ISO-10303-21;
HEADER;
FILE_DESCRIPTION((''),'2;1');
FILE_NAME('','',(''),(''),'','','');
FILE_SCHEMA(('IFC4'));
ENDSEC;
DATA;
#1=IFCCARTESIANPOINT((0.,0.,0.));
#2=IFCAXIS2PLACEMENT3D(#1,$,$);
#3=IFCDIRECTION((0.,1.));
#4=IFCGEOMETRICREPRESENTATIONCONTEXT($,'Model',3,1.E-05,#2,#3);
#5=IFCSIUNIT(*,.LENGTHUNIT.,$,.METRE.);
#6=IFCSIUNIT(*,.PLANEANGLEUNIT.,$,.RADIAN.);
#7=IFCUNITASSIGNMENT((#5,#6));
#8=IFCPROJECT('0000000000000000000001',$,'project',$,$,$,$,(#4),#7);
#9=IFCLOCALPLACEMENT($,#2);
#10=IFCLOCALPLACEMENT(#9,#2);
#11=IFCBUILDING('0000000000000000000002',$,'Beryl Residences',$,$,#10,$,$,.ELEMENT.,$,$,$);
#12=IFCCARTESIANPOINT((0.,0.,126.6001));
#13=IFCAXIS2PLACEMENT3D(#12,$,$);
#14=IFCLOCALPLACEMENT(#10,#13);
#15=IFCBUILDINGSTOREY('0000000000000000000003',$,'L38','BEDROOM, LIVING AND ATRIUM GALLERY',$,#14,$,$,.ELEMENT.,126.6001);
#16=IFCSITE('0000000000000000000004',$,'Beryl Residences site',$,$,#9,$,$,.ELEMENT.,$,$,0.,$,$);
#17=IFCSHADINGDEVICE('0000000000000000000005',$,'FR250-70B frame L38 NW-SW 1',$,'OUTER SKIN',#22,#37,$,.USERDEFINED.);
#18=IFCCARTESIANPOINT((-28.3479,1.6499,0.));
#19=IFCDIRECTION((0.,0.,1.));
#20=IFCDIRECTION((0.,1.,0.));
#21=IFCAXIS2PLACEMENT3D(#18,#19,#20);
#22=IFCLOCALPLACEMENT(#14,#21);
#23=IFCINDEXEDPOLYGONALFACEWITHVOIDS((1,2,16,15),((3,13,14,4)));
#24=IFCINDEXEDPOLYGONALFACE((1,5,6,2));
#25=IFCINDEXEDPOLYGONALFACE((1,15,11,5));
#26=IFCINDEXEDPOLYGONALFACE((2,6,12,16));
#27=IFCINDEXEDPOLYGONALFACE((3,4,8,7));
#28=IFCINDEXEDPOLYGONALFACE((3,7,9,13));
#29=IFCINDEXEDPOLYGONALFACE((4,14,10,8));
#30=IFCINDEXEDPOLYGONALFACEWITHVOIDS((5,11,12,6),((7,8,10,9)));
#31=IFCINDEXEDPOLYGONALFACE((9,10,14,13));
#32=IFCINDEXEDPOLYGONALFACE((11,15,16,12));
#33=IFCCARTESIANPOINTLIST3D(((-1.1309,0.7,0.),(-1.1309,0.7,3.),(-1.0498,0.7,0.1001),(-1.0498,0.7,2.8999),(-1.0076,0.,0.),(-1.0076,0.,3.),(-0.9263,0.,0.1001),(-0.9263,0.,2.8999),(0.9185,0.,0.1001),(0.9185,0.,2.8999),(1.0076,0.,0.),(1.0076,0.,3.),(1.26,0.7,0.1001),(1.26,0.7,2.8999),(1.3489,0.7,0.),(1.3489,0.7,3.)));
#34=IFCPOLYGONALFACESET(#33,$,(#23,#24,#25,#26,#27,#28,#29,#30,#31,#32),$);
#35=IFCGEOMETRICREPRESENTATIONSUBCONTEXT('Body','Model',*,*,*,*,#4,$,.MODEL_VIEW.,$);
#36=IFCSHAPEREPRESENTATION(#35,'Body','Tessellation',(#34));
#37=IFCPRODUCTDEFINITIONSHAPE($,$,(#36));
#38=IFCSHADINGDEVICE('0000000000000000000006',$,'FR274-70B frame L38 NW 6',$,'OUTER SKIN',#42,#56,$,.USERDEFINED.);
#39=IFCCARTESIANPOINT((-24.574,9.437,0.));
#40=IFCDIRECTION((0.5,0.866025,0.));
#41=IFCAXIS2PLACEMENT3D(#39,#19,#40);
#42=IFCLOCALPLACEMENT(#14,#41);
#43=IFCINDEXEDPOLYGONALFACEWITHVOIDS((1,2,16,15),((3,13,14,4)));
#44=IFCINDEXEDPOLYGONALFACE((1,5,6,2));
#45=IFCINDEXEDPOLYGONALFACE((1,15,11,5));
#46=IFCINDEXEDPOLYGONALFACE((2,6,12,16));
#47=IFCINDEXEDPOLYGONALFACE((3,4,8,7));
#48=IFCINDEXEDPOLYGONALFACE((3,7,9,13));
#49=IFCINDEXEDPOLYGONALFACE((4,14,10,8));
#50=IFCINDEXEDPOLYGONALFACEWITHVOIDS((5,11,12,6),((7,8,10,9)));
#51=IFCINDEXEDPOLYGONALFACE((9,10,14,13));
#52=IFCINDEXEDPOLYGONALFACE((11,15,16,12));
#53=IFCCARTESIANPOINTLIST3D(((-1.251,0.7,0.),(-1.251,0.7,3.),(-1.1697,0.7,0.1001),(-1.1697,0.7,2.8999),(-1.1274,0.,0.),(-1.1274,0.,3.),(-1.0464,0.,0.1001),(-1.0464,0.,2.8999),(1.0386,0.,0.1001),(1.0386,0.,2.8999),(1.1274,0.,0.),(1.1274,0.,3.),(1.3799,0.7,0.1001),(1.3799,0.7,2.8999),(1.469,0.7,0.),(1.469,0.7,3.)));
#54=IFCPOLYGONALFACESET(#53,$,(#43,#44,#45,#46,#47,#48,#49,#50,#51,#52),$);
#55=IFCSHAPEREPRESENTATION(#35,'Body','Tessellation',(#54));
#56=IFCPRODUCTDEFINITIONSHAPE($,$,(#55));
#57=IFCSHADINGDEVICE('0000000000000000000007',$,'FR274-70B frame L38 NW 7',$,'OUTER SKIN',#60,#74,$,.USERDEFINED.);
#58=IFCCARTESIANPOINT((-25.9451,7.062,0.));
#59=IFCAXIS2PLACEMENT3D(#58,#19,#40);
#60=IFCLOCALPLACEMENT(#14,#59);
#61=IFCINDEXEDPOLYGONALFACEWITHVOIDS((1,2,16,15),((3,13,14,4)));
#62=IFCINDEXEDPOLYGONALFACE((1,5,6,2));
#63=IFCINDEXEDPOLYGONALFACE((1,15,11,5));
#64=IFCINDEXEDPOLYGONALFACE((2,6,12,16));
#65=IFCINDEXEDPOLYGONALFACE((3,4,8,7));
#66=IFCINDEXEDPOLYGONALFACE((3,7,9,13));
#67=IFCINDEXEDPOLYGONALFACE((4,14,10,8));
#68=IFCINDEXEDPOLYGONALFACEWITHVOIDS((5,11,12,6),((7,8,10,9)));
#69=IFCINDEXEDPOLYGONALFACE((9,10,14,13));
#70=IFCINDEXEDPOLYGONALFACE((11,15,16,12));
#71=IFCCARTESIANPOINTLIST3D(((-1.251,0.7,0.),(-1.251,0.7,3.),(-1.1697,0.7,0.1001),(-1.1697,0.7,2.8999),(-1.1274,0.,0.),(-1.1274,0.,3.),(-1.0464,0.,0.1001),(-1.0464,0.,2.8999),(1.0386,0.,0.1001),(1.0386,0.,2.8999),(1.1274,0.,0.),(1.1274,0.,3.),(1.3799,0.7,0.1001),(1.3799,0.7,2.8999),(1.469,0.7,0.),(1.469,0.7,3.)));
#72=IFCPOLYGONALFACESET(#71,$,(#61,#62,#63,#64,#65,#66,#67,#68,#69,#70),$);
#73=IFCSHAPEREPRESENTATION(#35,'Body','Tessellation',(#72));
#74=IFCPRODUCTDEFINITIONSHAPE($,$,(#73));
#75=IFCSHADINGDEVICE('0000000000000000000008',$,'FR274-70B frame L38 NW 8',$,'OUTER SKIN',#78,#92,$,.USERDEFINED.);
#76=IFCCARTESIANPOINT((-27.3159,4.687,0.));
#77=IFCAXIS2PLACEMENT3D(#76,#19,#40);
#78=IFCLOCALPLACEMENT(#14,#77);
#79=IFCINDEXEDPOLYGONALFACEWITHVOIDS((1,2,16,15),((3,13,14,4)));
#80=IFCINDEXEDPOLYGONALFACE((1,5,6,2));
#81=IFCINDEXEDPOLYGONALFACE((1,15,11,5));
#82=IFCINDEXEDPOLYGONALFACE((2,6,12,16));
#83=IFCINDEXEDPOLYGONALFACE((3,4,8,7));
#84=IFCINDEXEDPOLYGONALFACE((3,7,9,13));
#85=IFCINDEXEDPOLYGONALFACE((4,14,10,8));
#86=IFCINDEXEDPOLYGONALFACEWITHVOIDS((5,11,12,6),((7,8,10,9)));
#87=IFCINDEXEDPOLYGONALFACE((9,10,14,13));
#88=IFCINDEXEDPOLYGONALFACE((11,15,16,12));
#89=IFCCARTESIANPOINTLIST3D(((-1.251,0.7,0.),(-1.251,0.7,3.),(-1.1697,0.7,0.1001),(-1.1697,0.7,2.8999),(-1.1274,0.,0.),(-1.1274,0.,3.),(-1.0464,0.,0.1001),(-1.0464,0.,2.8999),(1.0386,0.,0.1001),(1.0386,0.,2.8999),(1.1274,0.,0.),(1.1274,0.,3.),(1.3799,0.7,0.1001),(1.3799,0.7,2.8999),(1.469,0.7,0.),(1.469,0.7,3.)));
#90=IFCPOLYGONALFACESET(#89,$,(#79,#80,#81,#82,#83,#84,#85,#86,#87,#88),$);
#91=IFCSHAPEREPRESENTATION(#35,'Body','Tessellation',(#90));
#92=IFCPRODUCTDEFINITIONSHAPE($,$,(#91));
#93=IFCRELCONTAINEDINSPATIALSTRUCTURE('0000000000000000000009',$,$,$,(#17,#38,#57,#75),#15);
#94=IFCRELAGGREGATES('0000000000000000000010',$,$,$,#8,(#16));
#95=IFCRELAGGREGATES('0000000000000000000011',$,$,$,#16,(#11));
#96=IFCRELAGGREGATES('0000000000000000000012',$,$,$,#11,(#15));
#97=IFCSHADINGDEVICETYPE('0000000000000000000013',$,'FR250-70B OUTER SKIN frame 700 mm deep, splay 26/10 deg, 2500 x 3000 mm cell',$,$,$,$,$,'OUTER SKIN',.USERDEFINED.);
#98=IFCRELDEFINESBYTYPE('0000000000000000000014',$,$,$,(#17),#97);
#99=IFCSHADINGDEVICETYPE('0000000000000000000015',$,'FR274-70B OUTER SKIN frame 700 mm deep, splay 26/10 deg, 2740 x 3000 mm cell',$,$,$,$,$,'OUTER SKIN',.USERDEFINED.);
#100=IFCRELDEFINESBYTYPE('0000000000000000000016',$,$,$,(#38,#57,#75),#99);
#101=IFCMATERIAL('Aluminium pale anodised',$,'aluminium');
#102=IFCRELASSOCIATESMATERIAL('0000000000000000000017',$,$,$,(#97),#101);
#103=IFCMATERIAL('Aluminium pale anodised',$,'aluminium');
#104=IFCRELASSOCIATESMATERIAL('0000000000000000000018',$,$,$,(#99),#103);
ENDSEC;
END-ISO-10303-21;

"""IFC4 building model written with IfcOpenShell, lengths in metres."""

from ifc_helpers import new_model, entity, si_unit, direction, frame, origin, place, context, subcontext, project, spatial, source, transform, mapped, material, type_object, type_shapes, element, save


model = new_model("IFC4")

# Units and contexts
model_context = context("Model", 3, precision=1e-05, world=origin(), true_north=direction((0.0, 1.0)))
body_context = subcontext(model_context, "Body", "Model", "MODEL_VIEW")
ifc_project = project(units=[si_unit("LENGTHUNIT", "METRE"), si_unit("PLANEANGLEUNIT", "RADIAN")], contexts=[model_context])

# Site, building, storey
site_placement = place(None, origin())
site = spatial("IfcSite", under=ifc_project, at=site_placement, Name="Beryl Residences site", CompositionType="ELEMENT", RefElevation=0.0)
building_placement = place(site_placement, origin())
building = spatial("IfcBuilding", under=site, at=building_placement, Name="Beryl Residences", CompositionType="ELEMENT")
storey_placement = place(building_placement, frame((0.0, 0.0, 126.6001)))
storey = spatial("IfcBuildingStorey", under=building, at=storey_placement, Name="L38", Description="BEDROOM, LIVING AND ATRIUM GALLERY", CompositionType="ELEMENT", Elevation=126.6001)

# Shading devices
ifc_material_1 = material(Name="Aluminium pale anodised", Category="aluminium")
shading_device_type_1 = type_object("IfcShadingDeviceType", Name="FR250-70B OUTER SKIN frame 700 mm deep, splay 26/10 deg, 2500 x 3000 mm cell", ElementType="OUTER SKIN", PredefinedType="USERDEFINED", material=ifc_material_1)
cartesian_point_1 = entity("IfcCartesianPoint", [-1.0076, 0.0])
cartesian_point_2 = entity("IfcCartesianPoint", [-0.9185, 0.1001])
cartesian_point_3 = entity("IfcCartesianPoint", [-1.3489, 0.0])
cartesian_point_4 = entity("IfcCartesianPoint", [-1.26, 0.1001])
shared_shape_1 = source(origin(), body_context, "Body", "SweptSolid", [
    entity("IfcExtrudedAreaSolidTapered", entity("IfcArbitraryProfileDefWithVoids", "AREA", None, entity("IfcPolyline", [cartesian_point_1, entity("IfcCartesianPoint", [1.0076, 0.0]), entity("IfcCartesianPoint", [1.0076, 3.0]), entity("IfcCartesianPoint", [-1.0076, 3.0]), cartesian_point_1]), [entity("IfcPolyline", [cartesian_point_2, entity("IfcCartesianPoint", [0.9263, 0.1001]), entity("IfcCartesianPoint", [0.9263, 2.8999]), entity("IfcCartesianPoint", [-0.9185, 2.8999]), cartesian_point_2])]), entity("IfcAxis2Placement3D", entity("IfcCartesianPoint", [0.0, 0.0, 0.0]), entity("IfcDirection", [0.0, 1.0, 0.0]), entity("IfcDirection", [-1.0, 0.0, 0.0])), entity("IfcDirection", [0.0, 0.0, 1.0]), 0.7, entity("IfcArbitraryProfileDefWithVoids", "AREA", None, entity("IfcPolyline", [cartesian_point_3, entity("IfcCartesianPoint", [1.1309, 0.0]), entity("IfcCartesianPoint", [1.1309, 3.0]), entity("IfcCartesianPoint", [-1.3489, 3.0]), cartesian_point_3]), [entity("IfcPolyline", [cartesian_point_4, entity("IfcCartesianPoint", [1.0498, 0.1001]), entity("IfcCartesianPoint", [1.0498, 2.8999]), entity("IfcCartesianPoint", [-1.26, 2.8999]), cartesian_point_4])])),
])
type_shapes(shading_device_type_1, [shared_shape_1])
shading_device_placement = place(storey_placement, frame((-28.3479, 1.6499, 0.0), z_axis=(0.0, 0.0, 1.0), x_axis=(0.0, 1.0, 0.0)))
element("IfcShadingDevice", 1, at=shading_device_placement, inside=storey, type_object=shading_device_type_1, Name="FR250-70B frame L38 NW-SW 1", ObjectType="OUTER SKIN", PredefinedType="USERDEFINED", context=body_context, shape_type="MappedRepresentation", body=[
    mapped(shared_shape_1, transform((0.0, 0.0, 0.0))),
])
ifc_material_2 = material(Name="Aluminium pale anodised", Category="aluminium")
shading_device_type_2 = type_object("IfcShadingDeviceType", Name="FR274-70B OUTER SKIN frame 700 mm deep, splay 26/10 deg, 2740 x 3000 mm cell", ElementType="OUTER SKIN", PredefinedType="USERDEFINED", material=ifc_material_2)
cartesian_point_5 = entity("IfcCartesianPoint", [-1.1274, 0.0])
cartesian_point_6 = entity("IfcCartesianPoint", [-1.0386, 0.1001])
cartesian_point_7 = entity("IfcCartesianPoint", [-1.469, 0.0])
cartesian_point_8 = entity("IfcCartesianPoint", [-1.3799, 0.1001])
shared_shape_2 = source(origin(), body_context, "Body", "SweptSolid", [
    entity("IfcExtrudedAreaSolidTapered", entity("IfcArbitraryProfileDefWithVoids", "AREA", None, entity("IfcPolyline", [cartesian_point_5, entity("IfcCartesianPoint", [1.1274, 0.0]), entity("IfcCartesianPoint", [1.1274, 3.0]), entity("IfcCartesianPoint", [-1.1274, 3.0]), cartesian_point_5]), [entity("IfcPolyline", [cartesian_point_6, entity("IfcCartesianPoint", [1.0464, 0.1001]), entity("IfcCartesianPoint", [1.0464, 2.8999]), entity("IfcCartesianPoint", [-1.0386, 2.8999]), cartesian_point_6])]), entity("IfcAxis2Placement3D", entity("IfcCartesianPoint", [0.0, 0.0, 0.0]), entity("IfcDirection", [0.0, 1.0, 0.0]), entity("IfcDirection", [-1.0, 0.0, 0.0])), entity("IfcDirection", [0.0, 0.0, 1.0]), 0.7, entity("IfcArbitraryProfileDefWithVoids", "AREA", None, entity("IfcPolyline", [cartesian_point_7, entity("IfcCartesianPoint", [1.251, 0.0]), entity("IfcCartesianPoint", [1.251, 3.0]), entity("IfcCartesianPoint", [-1.469, 3.0]), cartesian_point_7]), [entity("IfcPolyline", [cartesian_point_8, entity("IfcCartesianPoint", [1.1697, 0.1001]), entity("IfcCartesianPoint", [1.1697, 2.8999]), entity("IfcCartesianPoint", [-1.3799, 2.8999]), cartesian_point_8])])),
])
type_shapes(shading_device_type_2, [shared_shape_2])
for number, where, z_axis, x_axis, name in (
    (2, (-24.574, 9.437, 0.0), (0.0, 0.0, 1.0), (0.5, 0.866025, 0.0), "FR274-70B frame L38 NW 6"),
    (3, (-25.9451, 7.062, 0.0), (0.0, 0.0, 1.0), (0.5, 0.866025, 0.0), "FR274-70B frame L38 NW 7"),
    (4, (-27.3159, 4.687, 0.0), (0.0, 0.0, 1.0), (0.5, 0.866025, 0.0), "FR274-70B frame L38 NW 8"),
):
    element("IfcShadingDevice", number, at=place(storey_placement, frame(where, z_axis=z_axis, x_axis=x_axis)), inside=storey, type_object=shading_device_type_2, Name=name, ObjectType="OUTER SKIN", PredefinedType="USERDEFINED", context=body_context, shape_type="MappedRepresentation", body=[
        mapped(shared_shape_2, transform((0.0, 0.0, 0.0))),
    ])

save(model, "model.ifc")
